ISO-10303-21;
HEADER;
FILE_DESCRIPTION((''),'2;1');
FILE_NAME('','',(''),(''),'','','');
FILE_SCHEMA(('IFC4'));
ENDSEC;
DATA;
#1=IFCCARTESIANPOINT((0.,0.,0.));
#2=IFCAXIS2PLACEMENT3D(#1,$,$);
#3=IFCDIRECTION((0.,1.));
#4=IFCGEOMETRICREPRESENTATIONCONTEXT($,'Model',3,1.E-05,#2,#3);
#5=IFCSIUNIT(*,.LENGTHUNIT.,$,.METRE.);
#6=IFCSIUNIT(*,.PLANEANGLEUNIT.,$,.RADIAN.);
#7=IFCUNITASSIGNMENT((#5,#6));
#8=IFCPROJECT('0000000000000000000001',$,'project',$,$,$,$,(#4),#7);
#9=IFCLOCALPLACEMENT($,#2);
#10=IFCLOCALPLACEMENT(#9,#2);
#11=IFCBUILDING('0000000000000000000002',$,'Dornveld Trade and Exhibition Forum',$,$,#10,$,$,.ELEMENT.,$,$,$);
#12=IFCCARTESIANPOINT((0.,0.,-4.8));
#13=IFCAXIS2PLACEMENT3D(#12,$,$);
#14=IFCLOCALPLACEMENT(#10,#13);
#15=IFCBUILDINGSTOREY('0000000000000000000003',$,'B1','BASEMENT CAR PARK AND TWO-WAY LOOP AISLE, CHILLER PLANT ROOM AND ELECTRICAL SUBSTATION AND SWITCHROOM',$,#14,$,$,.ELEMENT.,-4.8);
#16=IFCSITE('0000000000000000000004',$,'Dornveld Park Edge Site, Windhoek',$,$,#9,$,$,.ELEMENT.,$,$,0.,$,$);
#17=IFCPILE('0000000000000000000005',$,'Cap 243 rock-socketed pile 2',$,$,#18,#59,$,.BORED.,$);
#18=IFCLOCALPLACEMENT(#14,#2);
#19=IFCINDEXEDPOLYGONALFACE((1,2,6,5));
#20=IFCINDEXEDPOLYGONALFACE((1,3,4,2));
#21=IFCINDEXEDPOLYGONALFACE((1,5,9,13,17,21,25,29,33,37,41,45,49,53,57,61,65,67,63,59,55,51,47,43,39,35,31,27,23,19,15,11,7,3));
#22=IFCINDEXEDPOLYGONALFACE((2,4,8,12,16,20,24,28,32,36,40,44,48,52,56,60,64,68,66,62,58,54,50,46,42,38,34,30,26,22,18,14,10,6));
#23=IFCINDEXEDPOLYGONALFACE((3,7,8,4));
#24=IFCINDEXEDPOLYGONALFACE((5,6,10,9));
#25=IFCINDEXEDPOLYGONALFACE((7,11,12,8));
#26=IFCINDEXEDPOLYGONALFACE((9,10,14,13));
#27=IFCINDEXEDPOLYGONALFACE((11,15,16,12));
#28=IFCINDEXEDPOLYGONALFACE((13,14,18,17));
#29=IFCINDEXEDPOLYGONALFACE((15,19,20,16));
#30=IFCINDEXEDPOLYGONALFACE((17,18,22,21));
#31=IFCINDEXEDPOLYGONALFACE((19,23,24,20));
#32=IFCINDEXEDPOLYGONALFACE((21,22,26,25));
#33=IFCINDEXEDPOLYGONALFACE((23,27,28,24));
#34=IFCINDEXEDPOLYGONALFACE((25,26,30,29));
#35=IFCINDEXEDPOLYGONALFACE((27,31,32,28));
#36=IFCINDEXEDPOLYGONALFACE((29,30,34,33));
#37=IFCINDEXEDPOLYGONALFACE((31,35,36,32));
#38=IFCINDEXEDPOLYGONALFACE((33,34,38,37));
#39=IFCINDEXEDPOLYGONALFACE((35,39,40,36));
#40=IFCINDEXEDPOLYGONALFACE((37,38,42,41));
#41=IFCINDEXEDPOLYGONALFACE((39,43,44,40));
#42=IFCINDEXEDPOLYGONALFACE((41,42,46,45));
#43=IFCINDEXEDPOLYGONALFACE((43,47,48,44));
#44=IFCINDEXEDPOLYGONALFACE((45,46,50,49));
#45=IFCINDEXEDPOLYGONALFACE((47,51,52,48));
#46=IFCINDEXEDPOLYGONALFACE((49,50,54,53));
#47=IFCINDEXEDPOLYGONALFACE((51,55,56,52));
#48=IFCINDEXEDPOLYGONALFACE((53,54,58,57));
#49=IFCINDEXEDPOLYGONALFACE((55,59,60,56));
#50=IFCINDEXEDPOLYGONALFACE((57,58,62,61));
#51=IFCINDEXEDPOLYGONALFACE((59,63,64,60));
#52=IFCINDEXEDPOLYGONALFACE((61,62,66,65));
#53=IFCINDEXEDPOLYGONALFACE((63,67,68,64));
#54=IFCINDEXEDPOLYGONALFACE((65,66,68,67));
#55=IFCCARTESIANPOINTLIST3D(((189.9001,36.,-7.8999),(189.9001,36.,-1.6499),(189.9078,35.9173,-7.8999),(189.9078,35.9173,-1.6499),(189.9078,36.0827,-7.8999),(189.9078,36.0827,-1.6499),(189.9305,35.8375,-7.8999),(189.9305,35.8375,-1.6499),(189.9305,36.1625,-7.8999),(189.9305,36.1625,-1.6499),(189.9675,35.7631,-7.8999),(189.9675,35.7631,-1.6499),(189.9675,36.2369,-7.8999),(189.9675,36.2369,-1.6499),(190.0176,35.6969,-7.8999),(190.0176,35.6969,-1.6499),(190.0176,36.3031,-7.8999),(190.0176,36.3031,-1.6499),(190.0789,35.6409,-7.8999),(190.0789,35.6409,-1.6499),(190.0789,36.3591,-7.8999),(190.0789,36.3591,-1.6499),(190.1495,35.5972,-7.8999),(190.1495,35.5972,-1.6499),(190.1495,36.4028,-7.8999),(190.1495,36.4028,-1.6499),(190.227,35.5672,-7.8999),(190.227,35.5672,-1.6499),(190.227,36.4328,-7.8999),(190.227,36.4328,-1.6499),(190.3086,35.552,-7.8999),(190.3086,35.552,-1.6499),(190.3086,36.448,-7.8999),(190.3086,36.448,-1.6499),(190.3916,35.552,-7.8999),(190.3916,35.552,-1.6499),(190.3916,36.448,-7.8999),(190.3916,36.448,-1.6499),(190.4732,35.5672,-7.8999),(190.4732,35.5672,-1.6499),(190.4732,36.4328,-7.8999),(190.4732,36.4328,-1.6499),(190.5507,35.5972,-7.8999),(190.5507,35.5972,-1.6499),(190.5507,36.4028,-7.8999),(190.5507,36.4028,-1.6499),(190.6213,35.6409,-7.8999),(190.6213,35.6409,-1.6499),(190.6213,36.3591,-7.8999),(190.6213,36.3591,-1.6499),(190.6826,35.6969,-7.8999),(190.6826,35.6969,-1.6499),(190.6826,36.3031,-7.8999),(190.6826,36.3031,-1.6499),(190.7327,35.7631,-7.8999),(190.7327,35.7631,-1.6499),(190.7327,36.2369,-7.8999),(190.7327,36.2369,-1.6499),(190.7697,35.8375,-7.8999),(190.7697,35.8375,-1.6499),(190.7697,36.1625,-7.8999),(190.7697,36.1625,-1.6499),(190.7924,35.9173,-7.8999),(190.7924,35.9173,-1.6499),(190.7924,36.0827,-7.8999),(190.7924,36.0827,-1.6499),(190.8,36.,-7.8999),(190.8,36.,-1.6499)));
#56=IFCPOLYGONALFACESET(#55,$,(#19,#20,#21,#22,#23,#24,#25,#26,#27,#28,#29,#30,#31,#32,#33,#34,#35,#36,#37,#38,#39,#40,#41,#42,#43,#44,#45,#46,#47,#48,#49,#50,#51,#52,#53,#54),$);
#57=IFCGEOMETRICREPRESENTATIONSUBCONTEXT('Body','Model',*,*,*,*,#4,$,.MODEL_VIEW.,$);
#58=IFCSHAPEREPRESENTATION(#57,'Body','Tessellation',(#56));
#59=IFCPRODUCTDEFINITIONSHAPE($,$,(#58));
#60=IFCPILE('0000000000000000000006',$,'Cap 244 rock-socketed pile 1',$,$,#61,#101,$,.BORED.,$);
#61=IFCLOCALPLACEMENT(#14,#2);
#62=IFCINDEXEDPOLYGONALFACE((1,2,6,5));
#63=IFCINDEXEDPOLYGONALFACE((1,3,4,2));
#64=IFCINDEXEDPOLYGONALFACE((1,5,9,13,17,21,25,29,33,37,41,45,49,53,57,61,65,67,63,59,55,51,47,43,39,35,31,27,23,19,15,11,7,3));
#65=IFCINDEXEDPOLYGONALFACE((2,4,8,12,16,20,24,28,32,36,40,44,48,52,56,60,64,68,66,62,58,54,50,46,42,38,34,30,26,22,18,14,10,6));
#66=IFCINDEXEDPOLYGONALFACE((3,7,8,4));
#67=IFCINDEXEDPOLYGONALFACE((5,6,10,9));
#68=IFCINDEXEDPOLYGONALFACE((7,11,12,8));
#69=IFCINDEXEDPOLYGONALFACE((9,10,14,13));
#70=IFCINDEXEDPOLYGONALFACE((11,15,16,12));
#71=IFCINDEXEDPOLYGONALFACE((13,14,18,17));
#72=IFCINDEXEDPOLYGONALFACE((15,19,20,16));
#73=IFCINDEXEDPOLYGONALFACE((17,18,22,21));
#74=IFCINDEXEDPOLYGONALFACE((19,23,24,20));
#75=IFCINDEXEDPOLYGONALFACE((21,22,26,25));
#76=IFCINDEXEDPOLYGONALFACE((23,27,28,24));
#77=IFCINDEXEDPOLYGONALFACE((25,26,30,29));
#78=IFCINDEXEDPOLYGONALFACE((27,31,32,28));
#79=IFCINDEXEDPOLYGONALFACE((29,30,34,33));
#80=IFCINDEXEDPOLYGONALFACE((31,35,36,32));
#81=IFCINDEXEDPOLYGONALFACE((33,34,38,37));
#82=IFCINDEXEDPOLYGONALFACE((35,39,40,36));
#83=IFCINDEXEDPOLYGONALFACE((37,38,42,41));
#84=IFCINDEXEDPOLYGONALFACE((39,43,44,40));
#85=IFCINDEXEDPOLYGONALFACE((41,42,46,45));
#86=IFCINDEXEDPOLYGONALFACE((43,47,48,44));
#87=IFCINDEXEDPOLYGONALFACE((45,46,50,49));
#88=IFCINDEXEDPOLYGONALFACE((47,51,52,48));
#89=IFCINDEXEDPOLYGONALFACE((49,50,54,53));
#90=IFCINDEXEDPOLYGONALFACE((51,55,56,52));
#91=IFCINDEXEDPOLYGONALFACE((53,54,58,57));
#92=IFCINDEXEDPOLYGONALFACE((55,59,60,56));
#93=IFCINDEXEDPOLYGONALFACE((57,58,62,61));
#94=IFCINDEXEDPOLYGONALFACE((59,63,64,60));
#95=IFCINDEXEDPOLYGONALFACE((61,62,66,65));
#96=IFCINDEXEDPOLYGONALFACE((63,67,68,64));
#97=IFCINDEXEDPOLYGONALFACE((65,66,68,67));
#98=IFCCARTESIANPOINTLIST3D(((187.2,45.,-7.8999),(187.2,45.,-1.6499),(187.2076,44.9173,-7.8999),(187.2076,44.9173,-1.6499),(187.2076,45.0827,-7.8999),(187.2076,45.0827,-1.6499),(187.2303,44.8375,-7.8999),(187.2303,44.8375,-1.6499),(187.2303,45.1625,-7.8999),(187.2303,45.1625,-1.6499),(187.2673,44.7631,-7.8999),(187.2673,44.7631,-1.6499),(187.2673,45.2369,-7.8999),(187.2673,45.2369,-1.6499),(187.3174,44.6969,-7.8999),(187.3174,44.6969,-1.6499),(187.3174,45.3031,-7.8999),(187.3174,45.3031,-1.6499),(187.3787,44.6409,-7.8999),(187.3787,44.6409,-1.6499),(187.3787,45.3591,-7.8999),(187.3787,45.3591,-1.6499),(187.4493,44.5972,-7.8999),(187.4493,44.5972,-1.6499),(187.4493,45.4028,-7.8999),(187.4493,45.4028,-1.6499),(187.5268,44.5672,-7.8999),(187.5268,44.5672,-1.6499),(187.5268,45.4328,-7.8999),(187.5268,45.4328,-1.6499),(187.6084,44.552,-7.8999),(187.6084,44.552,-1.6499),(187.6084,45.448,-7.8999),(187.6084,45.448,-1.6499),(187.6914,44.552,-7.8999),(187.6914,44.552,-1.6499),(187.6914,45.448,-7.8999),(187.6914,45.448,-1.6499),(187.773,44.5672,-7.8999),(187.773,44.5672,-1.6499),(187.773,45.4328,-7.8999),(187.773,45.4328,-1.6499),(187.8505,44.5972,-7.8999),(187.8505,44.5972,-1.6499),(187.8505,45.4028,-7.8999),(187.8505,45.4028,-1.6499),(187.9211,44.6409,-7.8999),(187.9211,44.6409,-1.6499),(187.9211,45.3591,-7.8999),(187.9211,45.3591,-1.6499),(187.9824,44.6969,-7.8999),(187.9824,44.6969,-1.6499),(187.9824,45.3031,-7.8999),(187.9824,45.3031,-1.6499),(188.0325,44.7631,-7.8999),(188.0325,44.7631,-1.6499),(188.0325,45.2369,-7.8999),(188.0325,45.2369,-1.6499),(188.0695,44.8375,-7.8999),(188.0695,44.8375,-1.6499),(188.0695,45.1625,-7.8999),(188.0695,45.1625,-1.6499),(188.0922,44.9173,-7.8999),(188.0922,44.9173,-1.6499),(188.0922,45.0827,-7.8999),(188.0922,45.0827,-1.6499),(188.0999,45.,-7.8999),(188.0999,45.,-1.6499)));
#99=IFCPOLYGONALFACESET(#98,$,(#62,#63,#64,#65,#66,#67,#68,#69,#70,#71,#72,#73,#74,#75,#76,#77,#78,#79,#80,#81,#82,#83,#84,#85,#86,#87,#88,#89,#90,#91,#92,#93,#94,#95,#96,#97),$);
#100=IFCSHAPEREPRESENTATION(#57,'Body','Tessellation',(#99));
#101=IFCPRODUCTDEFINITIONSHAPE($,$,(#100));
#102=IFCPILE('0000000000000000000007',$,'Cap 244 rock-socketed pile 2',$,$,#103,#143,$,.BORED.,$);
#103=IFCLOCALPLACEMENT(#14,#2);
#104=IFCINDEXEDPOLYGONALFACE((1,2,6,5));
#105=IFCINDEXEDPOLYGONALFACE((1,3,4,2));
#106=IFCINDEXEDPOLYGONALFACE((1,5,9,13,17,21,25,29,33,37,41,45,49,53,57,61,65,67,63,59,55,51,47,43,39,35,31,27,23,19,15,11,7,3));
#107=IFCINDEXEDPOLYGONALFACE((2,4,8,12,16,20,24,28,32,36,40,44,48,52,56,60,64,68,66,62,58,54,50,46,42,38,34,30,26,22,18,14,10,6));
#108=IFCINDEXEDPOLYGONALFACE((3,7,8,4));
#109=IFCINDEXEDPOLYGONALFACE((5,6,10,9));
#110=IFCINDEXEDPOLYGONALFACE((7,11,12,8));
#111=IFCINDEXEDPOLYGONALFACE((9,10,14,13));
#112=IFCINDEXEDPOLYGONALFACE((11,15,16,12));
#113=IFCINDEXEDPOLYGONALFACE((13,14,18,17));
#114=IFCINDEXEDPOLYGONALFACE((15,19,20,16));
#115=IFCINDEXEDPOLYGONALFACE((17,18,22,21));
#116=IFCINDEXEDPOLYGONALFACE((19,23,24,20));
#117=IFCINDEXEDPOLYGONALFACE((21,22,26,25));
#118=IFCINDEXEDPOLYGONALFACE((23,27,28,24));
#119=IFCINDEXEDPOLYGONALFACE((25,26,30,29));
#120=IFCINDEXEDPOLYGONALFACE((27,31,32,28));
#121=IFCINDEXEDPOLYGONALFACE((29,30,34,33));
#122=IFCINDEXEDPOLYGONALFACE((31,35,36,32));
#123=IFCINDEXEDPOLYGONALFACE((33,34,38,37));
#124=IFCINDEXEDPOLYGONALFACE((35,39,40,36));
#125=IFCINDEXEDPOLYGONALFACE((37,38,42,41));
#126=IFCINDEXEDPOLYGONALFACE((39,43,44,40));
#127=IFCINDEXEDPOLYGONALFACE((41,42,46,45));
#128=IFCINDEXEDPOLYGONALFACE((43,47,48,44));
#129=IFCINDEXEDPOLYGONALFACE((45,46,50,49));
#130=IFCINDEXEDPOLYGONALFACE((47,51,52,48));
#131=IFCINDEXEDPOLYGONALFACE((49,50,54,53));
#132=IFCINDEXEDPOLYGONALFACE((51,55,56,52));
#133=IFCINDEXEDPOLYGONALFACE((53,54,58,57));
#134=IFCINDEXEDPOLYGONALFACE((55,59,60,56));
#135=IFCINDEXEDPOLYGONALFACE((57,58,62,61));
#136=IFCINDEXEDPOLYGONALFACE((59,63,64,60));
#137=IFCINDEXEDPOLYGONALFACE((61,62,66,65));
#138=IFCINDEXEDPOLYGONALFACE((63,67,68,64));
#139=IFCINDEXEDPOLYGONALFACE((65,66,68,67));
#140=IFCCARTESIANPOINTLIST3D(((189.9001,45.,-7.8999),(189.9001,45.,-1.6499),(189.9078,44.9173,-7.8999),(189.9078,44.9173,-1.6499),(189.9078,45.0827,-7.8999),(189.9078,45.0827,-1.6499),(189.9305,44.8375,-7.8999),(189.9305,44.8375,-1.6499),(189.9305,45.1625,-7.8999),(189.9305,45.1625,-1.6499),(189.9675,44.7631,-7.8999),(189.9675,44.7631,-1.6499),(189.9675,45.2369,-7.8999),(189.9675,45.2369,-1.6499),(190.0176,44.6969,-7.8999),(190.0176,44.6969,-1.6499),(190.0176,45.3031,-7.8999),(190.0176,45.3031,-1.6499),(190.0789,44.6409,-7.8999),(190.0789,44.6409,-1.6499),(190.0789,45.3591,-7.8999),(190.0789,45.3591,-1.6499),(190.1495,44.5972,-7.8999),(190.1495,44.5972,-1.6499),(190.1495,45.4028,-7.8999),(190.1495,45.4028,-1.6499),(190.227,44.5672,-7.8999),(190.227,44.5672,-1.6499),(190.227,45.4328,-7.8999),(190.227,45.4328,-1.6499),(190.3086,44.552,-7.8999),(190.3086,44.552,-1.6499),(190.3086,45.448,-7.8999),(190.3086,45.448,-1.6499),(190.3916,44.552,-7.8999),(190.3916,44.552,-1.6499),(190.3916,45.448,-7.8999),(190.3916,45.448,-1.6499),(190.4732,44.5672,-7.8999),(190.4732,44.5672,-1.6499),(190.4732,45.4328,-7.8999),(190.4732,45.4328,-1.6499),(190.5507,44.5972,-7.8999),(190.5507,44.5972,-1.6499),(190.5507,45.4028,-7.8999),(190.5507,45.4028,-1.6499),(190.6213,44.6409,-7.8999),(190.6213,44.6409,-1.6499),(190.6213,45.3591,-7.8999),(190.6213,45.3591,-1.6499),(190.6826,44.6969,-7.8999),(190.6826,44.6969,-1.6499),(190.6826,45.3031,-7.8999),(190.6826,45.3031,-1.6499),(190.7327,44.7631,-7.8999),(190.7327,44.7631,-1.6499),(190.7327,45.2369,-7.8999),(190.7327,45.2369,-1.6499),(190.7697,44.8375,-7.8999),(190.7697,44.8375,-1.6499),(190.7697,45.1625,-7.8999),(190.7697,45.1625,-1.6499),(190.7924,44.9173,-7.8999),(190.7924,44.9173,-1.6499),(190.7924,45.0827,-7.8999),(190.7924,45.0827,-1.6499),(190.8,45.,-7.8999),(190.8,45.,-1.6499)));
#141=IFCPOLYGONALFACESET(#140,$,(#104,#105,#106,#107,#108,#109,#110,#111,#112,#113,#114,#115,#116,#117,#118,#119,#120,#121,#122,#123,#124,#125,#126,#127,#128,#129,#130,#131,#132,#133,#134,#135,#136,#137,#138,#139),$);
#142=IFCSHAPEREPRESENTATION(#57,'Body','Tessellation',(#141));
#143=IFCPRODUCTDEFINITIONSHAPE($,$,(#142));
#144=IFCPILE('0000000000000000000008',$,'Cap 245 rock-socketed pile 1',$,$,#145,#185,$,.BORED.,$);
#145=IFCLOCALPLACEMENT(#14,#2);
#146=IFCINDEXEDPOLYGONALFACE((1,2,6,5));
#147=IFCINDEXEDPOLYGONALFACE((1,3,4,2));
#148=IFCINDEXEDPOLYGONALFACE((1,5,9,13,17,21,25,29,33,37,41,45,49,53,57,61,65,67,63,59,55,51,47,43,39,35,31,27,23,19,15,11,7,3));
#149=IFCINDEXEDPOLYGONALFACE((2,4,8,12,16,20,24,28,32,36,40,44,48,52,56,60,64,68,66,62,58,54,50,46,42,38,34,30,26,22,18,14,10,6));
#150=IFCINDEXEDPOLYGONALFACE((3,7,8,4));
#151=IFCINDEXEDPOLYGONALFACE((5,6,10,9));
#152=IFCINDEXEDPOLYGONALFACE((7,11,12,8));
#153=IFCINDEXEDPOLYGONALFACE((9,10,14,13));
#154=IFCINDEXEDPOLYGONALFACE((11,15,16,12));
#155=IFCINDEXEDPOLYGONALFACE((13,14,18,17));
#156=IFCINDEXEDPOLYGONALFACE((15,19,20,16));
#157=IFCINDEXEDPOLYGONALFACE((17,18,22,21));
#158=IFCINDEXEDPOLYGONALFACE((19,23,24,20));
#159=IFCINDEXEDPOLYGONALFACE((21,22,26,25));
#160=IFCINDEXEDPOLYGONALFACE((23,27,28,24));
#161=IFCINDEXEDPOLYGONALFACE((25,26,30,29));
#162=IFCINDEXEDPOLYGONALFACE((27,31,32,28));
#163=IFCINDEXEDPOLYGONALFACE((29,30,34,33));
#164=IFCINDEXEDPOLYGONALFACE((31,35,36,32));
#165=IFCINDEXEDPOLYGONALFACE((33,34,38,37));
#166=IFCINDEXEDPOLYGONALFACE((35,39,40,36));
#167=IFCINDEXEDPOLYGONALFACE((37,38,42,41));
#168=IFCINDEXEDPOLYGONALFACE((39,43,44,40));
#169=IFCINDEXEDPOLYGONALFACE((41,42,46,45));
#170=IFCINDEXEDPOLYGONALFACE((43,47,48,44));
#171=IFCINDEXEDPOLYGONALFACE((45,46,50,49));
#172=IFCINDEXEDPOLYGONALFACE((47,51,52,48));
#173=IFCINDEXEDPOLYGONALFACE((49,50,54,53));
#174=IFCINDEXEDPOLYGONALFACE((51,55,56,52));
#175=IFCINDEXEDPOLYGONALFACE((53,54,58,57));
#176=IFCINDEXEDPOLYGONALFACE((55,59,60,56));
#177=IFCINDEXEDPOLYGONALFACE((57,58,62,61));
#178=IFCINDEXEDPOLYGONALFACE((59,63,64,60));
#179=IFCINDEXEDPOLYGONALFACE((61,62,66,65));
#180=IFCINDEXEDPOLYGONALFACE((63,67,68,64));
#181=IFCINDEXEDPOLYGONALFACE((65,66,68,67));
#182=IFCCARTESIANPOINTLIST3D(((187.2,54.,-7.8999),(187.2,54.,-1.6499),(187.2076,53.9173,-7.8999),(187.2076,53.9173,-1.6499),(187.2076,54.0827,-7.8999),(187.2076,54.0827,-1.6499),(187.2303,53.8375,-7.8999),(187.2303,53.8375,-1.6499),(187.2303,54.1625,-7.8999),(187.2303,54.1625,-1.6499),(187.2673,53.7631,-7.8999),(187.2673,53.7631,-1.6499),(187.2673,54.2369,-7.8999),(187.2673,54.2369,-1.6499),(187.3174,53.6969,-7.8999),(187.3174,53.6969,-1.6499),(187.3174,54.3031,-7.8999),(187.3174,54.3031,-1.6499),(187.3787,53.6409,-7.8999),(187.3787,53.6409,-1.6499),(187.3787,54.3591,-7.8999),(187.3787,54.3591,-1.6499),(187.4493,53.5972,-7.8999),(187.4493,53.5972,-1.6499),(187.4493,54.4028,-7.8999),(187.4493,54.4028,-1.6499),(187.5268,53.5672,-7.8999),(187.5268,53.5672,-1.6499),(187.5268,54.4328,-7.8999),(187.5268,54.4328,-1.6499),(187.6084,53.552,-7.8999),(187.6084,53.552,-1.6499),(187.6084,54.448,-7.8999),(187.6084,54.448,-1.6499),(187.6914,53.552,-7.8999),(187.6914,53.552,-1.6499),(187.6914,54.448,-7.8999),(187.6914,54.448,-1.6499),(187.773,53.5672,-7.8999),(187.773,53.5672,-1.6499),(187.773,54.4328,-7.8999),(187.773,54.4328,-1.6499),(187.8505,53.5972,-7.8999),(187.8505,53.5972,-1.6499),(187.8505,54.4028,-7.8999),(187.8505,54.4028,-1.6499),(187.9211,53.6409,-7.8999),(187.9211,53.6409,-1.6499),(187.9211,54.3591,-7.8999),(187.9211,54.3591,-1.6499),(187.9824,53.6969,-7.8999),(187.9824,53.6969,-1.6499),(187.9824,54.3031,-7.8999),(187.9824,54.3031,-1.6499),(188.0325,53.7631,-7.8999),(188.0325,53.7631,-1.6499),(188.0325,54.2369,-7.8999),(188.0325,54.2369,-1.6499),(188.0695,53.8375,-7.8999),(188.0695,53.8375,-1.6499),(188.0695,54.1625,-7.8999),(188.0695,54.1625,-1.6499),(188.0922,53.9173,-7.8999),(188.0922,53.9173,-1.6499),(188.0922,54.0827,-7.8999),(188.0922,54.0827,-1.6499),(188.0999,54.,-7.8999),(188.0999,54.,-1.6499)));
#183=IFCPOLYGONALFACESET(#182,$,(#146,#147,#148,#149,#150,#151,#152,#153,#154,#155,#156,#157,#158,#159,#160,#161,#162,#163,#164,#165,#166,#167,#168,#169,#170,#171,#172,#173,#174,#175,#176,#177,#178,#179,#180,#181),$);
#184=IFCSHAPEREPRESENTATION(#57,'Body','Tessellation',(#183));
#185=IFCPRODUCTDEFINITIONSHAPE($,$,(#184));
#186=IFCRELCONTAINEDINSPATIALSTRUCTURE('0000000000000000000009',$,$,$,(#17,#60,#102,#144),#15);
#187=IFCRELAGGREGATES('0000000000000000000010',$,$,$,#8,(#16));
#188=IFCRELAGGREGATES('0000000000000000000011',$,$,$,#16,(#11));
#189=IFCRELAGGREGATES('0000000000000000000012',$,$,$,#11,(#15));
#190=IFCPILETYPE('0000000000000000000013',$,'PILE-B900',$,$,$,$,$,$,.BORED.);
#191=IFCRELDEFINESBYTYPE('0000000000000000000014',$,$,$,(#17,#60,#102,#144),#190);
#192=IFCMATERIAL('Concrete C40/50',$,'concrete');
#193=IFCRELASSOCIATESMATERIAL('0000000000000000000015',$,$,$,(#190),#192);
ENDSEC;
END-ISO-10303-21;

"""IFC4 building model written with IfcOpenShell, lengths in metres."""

from ifc_helpers import new_model, si_unit, direction, frame, origin, origin_2d, place, context, subcontext, project, spatial, circle, extrude, material, material_profile, profile_set, type_object, element, save


model = new_model("IFC4")

# Units and contexts
model_context = context("Model", 3, precision=1e-05, world=origin(), true_north=direction((0.0, 1.0)))
body_context = subcontext(model_context, "Body", "Model", "MODEL_VIEW")
ifc_project = project(units=[si_unit("LENGTHUNIT", "METRE"), si_unit("PLANEANGLEUNIT", "RADIAN")], contexts=[model_context])

# Site, building, storey
site_placement = place(None, origin())
site = spatial("IfcSite", under=ifc_project, at=site_placement, Name="Dornveld Park Edge Site, Windhoek", CompositionType="ELEMENT", RefElevation=0.0)
building_placement = place(site_placement, origin())
building = spatial("IfcBuilding", under=site, at=building_placement, Name="Dornveld Trade and Exhibition Forum", CompositionType="ELEMENT")
storey_placement = place(building_placement, frame((0.0, 0.0, -4.8)))
storey = spatial("IfcBuildingStorey", under=building, at=storey_placement, Name="B1", Description="BASEMENT CAR PARK AND TWO-WAY LOOP AISLE, CHILLER PLANT ROOM AND ELECTRICAL SUBSTATION AND SWITCHROOM", CompositionType="ELEMENT", Elevation=-4.8)

# Piles
ifc_material_1 = material(Name="Concrete C40/50", Category="concrete")
ifc_material_profile_1 = material_profile(ifc_material_1, circle(Radius=0.45, at=origin_2d()), Name="PILE D900")
ifc_profile_set_1 = profile_set([ifc_material_profile_1], Name="Concrete C40/50")
pile_type = type_object("IfcPileType", Name="PILE-B900", PredefinedType="BORED", material=ifc_profile_set_1)
for number, where, z_axis, x_axis, name in (
    (1, (190.3501, 36.0, -1.6499), (0.0, 0.0, -1.0), (1.0, 0.0, 0.0), "Cap 243 rock-socketed pile 2"),
    (2, (187.6499, 45.0, -1.6499), (0.0, 0.0, -1.0), (1.0, 0.0, 0.0), "Cap 244 rock-socketed pile 1"),
    (3, (190.3501, 45.0, -1.6499), (0.0, 0.0, -1.0), (1.0, 0.0, 0.0), "Cap 244 rock-socketed pile 2"),
    (4, (187.6499, 54.0, -1.6499), (0.0, 0.0, -1.0), (1.0, 0.0, 0.0), "Cap 245 rock-socketed pile 1"),
):
    element("IfcPile", number, at=place(storey_placement, frame(where, z_axis=z_axis, x_axis=x_axis)), inside=storey, type_object=pile_type, Name=name, PredefinedType="BORED", context=body_context, shape_type="SweptSolid", body=[
        extrude(circle(Radius=0.45, at=origin_2d()), origin(), (0.0, 0.0, 1.0), 6.25),
    ])

save(model, "model.ifc")
